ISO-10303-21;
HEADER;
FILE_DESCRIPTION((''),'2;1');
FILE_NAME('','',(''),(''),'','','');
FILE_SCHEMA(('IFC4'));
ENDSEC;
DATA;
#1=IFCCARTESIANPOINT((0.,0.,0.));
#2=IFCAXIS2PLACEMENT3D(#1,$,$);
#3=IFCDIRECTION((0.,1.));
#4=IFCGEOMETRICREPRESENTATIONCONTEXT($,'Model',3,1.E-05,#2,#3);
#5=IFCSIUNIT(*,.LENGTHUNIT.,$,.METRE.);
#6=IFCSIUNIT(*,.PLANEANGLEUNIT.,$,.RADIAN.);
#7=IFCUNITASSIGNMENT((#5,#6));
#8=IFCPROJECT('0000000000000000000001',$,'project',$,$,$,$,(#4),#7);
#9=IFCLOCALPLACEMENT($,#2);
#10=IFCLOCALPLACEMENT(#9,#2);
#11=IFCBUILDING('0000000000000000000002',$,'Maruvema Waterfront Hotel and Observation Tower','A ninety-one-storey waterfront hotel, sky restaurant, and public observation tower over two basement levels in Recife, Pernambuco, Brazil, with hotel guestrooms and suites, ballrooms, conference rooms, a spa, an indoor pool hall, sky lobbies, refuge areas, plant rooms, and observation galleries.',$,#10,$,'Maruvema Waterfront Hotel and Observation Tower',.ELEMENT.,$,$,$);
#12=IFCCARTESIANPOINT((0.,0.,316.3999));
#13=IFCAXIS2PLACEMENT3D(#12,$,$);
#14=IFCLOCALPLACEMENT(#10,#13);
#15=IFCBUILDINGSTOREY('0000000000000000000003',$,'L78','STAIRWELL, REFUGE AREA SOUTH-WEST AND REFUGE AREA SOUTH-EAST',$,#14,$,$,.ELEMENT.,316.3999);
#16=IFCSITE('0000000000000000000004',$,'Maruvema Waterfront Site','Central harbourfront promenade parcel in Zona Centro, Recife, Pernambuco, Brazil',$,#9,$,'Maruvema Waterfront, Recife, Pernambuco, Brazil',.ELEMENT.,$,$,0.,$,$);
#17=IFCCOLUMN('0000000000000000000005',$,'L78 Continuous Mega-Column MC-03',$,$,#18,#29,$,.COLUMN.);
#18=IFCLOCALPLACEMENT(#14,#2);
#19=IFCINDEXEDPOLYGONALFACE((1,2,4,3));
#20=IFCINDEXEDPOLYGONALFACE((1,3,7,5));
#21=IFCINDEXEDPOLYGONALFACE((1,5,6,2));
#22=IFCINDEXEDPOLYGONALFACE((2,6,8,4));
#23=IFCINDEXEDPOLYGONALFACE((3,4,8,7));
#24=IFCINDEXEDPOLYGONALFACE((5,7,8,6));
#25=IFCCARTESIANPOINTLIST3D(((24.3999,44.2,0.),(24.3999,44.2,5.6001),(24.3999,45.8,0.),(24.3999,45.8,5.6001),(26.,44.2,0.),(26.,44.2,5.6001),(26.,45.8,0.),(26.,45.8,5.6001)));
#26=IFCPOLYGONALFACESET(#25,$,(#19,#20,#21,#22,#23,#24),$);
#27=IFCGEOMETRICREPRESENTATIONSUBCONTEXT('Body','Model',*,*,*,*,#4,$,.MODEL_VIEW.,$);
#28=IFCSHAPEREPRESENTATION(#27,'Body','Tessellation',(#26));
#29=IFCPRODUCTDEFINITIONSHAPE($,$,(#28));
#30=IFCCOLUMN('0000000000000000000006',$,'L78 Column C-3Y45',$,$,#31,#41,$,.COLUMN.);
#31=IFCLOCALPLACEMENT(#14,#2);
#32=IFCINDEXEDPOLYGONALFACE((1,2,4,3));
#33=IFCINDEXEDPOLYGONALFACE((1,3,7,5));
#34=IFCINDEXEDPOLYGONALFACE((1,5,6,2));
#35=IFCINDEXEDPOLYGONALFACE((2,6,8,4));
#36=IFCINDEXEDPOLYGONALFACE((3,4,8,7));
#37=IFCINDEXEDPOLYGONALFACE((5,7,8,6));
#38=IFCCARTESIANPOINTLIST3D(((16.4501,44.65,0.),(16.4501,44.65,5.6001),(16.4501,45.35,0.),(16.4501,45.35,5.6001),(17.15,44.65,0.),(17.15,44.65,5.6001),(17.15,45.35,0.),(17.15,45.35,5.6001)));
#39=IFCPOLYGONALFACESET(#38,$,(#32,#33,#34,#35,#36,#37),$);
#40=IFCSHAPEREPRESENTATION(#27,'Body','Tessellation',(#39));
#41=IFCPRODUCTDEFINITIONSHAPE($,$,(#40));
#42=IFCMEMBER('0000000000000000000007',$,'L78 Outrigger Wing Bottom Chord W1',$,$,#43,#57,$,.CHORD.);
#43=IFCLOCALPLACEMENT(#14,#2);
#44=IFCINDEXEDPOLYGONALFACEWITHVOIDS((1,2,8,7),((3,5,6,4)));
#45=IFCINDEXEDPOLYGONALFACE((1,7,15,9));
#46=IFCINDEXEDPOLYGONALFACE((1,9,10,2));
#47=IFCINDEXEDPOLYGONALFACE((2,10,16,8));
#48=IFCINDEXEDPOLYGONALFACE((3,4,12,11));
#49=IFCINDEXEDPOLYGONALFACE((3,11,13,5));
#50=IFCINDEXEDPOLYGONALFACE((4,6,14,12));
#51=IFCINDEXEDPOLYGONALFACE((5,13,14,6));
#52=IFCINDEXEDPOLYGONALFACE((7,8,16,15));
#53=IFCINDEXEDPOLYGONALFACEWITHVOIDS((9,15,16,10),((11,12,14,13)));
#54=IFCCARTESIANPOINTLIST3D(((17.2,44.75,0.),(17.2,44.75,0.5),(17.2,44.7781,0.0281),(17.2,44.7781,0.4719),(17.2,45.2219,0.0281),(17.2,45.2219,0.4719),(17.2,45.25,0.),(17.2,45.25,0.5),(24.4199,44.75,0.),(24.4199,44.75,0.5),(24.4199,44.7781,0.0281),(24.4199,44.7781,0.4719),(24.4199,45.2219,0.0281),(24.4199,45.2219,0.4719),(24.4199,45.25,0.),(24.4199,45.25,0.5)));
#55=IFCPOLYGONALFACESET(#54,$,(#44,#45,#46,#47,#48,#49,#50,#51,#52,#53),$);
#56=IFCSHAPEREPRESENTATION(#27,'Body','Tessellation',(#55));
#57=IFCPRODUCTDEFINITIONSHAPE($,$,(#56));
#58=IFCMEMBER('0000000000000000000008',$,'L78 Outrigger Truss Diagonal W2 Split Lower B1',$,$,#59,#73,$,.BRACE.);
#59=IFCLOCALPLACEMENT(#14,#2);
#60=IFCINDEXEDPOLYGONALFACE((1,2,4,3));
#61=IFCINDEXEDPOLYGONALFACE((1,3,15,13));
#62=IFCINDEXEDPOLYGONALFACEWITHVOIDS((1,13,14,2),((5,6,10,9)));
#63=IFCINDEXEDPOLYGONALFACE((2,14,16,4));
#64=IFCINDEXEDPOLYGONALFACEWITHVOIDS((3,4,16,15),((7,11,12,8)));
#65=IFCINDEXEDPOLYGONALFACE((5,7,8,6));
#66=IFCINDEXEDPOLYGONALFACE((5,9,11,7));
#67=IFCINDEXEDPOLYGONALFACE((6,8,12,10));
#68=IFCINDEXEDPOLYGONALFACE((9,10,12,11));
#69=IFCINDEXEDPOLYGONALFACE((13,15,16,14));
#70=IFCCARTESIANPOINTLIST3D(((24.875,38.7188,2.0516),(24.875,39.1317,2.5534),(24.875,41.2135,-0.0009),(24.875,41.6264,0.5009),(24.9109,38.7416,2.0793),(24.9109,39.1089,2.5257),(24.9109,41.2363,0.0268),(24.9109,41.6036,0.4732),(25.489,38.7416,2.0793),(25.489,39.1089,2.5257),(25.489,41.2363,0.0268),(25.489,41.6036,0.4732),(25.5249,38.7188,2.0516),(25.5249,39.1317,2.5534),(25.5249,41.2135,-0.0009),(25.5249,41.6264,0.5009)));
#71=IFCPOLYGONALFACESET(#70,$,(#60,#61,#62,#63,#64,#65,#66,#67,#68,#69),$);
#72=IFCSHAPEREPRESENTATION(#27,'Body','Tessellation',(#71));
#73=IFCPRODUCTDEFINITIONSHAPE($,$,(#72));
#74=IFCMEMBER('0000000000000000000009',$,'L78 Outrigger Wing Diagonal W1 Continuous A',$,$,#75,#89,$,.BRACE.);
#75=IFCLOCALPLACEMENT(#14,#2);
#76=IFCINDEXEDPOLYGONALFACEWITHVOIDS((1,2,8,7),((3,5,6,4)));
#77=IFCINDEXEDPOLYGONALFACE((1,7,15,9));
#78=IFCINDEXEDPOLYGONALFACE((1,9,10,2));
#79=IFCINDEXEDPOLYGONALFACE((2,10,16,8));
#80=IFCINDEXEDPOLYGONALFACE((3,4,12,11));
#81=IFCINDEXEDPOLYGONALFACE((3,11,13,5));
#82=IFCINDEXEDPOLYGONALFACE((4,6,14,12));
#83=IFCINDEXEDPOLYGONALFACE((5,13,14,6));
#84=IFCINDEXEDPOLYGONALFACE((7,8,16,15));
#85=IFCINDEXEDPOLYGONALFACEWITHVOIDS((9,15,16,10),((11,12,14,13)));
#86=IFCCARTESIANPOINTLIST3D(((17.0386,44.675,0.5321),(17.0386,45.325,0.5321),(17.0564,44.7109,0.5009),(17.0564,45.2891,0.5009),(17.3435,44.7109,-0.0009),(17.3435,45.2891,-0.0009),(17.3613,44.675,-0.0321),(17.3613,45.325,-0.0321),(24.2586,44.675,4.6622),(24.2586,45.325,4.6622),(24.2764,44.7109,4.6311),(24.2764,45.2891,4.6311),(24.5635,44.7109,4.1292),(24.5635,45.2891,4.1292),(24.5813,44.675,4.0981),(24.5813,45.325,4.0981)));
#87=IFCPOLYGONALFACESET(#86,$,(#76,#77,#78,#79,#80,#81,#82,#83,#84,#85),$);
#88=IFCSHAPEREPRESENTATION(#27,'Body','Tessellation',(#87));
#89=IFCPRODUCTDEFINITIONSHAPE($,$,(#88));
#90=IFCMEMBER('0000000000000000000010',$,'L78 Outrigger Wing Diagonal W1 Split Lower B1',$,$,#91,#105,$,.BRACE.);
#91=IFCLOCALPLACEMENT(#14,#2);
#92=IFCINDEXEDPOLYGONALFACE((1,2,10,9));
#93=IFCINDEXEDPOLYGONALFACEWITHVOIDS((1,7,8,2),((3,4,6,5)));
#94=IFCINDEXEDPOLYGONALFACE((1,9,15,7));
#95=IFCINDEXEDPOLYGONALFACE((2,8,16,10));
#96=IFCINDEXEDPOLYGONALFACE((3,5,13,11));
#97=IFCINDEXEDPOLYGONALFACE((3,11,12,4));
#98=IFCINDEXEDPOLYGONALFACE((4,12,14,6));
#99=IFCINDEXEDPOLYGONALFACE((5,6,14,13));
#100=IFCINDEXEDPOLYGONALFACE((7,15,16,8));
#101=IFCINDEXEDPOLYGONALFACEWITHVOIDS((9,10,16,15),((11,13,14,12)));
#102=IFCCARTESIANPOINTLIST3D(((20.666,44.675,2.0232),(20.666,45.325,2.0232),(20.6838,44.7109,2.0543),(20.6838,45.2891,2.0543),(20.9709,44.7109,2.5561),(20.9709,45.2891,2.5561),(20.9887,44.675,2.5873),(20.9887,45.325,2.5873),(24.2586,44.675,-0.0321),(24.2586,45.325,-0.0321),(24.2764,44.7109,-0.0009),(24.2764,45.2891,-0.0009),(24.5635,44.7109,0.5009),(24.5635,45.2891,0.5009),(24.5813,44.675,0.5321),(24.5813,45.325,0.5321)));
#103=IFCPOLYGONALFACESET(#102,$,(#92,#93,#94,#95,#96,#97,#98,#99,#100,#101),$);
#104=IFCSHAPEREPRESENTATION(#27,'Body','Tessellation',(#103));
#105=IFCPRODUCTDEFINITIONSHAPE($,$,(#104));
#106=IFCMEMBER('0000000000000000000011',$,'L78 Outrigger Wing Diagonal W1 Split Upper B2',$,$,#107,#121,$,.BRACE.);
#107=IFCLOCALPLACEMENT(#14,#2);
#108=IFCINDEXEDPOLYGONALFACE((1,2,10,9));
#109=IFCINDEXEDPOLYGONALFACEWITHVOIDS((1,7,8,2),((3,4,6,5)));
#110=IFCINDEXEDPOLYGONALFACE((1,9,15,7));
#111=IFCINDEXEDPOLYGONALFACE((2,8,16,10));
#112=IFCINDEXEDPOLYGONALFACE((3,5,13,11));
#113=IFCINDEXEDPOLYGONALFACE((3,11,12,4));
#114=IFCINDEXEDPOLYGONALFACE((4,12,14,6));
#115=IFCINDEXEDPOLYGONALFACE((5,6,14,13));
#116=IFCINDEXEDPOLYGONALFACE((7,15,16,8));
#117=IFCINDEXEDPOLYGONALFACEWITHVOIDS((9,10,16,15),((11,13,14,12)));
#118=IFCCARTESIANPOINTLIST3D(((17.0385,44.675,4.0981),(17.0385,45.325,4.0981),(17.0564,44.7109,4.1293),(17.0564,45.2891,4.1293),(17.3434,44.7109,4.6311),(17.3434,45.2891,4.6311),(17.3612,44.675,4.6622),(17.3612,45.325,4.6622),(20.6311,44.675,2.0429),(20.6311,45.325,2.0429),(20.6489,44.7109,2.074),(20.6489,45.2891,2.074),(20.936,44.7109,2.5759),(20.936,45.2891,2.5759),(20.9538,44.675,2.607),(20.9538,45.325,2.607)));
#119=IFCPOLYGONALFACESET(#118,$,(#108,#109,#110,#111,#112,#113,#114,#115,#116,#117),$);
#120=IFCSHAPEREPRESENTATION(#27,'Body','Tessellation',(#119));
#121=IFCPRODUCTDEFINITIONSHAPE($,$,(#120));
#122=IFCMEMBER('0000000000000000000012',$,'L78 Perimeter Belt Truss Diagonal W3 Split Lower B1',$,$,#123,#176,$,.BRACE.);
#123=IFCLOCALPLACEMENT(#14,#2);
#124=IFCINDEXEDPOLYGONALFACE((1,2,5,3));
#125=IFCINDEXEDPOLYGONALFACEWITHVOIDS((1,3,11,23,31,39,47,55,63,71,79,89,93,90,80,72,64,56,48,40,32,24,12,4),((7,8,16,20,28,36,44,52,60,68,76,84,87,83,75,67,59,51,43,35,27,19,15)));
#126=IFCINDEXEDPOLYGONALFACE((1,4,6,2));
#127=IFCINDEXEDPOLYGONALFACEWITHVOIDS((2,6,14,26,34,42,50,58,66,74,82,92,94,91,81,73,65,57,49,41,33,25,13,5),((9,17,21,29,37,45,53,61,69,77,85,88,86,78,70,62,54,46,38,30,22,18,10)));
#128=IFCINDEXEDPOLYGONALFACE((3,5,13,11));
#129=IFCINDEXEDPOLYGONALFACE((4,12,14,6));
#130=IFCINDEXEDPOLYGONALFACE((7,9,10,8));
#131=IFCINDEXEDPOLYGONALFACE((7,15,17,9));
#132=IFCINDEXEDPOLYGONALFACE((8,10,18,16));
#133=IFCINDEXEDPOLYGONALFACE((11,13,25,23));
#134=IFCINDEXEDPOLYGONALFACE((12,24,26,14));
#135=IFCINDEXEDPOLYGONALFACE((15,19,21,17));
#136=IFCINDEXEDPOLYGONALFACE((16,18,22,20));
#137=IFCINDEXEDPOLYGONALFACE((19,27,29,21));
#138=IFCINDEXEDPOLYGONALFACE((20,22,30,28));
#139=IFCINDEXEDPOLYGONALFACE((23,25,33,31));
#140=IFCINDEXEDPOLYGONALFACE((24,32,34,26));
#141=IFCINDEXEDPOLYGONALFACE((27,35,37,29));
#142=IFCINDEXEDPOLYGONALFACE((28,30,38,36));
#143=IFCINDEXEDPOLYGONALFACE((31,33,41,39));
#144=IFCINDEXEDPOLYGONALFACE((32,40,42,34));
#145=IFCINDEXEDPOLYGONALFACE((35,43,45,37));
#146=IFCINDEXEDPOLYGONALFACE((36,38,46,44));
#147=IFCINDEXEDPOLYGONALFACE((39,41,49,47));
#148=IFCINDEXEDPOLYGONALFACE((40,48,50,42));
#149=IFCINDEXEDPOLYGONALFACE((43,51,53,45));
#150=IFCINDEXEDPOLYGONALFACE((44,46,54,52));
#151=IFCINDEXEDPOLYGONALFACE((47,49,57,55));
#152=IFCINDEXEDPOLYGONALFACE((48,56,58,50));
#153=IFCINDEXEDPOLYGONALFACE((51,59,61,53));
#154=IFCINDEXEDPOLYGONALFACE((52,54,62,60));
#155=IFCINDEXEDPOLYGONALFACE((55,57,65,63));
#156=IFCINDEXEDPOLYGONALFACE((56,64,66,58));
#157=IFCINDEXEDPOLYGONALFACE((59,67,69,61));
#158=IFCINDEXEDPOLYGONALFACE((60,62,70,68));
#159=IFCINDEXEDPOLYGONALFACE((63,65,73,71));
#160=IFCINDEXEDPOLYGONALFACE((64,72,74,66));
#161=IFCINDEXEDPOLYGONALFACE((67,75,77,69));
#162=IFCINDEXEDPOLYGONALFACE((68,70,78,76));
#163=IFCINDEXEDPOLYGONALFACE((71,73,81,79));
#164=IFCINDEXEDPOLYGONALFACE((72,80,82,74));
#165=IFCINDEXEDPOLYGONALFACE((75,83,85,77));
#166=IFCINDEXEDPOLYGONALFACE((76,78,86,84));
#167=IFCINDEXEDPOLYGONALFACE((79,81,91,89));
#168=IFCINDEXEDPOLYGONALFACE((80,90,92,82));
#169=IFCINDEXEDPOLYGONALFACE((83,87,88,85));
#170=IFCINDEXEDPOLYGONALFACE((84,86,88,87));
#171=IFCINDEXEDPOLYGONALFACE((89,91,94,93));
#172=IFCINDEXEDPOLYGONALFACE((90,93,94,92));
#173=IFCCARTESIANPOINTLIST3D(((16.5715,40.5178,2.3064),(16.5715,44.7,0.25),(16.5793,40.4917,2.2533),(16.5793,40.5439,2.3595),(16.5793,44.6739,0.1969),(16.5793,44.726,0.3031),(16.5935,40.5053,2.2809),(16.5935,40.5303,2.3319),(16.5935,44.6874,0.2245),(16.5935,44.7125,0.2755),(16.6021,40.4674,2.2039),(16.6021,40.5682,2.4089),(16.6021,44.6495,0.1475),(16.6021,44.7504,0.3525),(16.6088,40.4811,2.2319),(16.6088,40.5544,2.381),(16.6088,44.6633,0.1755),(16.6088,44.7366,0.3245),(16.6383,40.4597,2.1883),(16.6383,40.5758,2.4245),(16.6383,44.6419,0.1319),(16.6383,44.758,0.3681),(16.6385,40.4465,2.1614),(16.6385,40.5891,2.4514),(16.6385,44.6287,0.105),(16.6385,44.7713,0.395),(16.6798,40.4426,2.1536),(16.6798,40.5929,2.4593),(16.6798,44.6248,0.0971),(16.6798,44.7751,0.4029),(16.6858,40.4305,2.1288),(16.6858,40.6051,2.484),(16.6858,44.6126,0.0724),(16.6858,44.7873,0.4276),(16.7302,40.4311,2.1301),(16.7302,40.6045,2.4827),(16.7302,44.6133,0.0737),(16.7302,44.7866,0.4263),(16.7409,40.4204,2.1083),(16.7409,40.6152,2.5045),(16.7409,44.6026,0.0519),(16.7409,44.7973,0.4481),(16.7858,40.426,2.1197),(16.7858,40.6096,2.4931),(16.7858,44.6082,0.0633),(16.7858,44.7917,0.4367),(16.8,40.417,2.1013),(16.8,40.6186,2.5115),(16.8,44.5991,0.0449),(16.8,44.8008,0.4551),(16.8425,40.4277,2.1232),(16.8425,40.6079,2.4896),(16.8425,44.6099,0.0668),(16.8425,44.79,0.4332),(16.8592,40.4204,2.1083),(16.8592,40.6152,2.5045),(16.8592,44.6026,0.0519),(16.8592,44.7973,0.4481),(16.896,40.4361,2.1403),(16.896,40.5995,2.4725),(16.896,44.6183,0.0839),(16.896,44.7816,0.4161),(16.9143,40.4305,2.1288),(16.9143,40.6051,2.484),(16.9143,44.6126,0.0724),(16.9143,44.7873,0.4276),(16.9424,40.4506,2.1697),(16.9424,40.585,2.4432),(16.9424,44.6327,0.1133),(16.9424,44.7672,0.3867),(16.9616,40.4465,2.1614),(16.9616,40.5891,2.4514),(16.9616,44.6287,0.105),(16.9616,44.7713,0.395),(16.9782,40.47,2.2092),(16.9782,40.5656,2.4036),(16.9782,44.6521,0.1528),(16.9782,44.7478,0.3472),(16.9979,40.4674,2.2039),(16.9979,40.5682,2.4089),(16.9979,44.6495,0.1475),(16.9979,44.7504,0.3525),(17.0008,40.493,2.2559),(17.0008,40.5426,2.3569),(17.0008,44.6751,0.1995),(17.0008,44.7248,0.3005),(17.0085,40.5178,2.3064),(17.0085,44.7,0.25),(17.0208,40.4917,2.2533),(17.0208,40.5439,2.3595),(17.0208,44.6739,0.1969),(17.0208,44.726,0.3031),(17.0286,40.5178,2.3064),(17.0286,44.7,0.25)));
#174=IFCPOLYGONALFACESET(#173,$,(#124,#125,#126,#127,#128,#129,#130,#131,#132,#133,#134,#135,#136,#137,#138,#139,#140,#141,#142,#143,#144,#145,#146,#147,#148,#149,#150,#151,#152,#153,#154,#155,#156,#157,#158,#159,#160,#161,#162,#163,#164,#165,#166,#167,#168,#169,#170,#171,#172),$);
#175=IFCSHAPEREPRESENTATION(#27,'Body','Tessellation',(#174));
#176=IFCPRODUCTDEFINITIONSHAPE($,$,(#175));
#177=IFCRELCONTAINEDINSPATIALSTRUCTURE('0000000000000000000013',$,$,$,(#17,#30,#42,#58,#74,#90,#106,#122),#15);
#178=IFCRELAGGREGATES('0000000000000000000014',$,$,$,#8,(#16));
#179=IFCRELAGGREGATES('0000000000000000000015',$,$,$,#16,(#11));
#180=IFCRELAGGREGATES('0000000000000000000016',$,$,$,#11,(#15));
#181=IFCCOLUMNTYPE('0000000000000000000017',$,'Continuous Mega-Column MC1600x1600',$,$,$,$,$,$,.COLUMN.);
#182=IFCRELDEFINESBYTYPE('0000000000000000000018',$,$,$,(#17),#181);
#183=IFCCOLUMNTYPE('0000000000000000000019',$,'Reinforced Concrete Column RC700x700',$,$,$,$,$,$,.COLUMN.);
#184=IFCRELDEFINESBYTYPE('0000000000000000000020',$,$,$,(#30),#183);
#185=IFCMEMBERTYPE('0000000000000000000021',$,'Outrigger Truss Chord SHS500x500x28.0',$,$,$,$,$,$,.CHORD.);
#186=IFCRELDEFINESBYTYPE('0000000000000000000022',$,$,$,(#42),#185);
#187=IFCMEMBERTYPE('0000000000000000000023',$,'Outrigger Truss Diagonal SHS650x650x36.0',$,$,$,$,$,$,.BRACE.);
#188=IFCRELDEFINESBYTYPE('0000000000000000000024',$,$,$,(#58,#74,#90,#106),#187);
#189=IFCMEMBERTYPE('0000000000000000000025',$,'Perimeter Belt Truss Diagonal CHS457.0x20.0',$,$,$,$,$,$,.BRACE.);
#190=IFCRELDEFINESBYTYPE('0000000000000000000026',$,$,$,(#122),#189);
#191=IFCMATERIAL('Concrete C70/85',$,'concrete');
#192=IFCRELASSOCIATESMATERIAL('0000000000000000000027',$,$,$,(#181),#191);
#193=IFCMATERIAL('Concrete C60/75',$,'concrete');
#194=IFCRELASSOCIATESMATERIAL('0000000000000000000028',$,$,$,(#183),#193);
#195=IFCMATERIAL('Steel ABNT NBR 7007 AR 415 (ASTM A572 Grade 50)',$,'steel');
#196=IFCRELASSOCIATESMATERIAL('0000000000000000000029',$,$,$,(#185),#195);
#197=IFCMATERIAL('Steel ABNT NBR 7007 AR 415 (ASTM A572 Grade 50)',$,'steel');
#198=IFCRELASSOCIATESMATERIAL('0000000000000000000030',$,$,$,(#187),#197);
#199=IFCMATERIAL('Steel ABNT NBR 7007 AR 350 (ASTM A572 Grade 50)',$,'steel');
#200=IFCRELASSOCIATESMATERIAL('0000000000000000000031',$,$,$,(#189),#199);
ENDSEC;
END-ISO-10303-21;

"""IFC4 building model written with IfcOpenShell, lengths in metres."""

from ifc_helpers import new_model, si_unit, direction, frame, origin, origin_2d, place, context, subcontext, project, spatial, rectangle, hollow_rectangle, hollow_circle, extrude, material, material_profile, profile_set, type_object, element, save


model = new_model("IFC4")

# Units and contexts
model_context = context("Model", 3, precision=1e-05, world=origin(), true_north=direction((0.0, 1.0)))
body_context = subcontext(model_context, "Body", "Model", "MODEL_VIEW")
ifc_project = project(units=[si_unit("LENGTHUNIT", "METRE"), si_unit("PLANEANGLEUNIT", "RADIAN")], contexts=[model_context])

# Site, building, storey
site_placement = place(None, origin())
site = spatial("IfcSite", under=ifc_project, at=site_placement, Name="Maruvema Waterfront Site", Description="Central harbourfront promenade parcel in Zona Centro, Recife, Pernambuco, Brazil", LongName="Maruvema Waterfront, Recife, Pernambuco, Brazil", CompositionType="ELEMENT", RefElevation=0.0)
building_placement = place(site_placement, origin())
building = spatial("IfcBuilding", under=site, at=building_placement, Name="Maruvema Waterfront Hotel and Observation Tower", Description="A ninety-one-storey waterfront hotel, sky restaurant, and public observation tower over two basement levels in Recife, Pernambuco, Brazil, with hotel guestrooms and suites, ballrooms, conference rooms, a spa, an indoor pool hall, sky lobbies, refuge areas, plant rooms, and observation galleries.", LongName="Maruvema Waterfront Hotel and Observation Tower", CompositionType="ELEMENT")
storey_placement = place(building_placement, frame((0.0, 0.0, 316.3999)))
storey = spatial("IfcBuildingStorey", under=building, at=storey_placement, Name="L78", Description="STAIRWELL, REFUGE AREA SOUTH-WEST AND REFUGE AREA SOUTH-EAST", CompositionType="ELEMENT", Elevation=316.3999)

# Columns
ifc_material_1 = material(Name="Concrete C70/85", Category="concrete")
ifc_material_profile_1 = material_profile(ifc_material_1, rectangle(XDim=1.6001, YDim=1.6001, at=origin_2d()), Name="MC1600x1600")
ifc_profile_set_1 = profile_set([ifc_material_profile_1], Name="Concrete C70/85")
column_type_1 = type_object("IfcColumnType", Name="Continuous Mega-Column MC1600x1600", PredefinedType="COLUMN", material=ifc_profile_set_1)
column_1_placement = place(storey_placement, frame((25.2, 45.0, 0.0), z_axis=(0.0, 0.0, 1.0), x_axis=(1.0, 0.0, 0.0)))
element("IfcColumn", 1, at=column_1_placement, inside=storey, type_object=column_type_1, Name="L78 Continuous Mega-Column MC-03", PredefinedType="COLUMN", context=body_context, shape_type="SweptSolid", body=[
    extrude(rectangle(XDim=1.6001, YDim=1.6001, at=origin_2d()), origin(), (0.0, 0.0, 1.0), 5.6001),
])
ifc_material_2 = material(Name="Concrete C60/75", Category="concrete")
ifc_material_profile_2 = material_profile(ifc_material_2, rectangle(XDim=0.7, YDim=0.7, at=origin_2d()), Name="RC700x700")
ifc_profile_set_2 = profile_set([ifc_material_profile_2], Name="Concrete C60/75")
column_type_2 = type_object("IfcColumnType", Name="Reinforced Concrete Column RC700x700", PredefinedType="COLUMN", material=ifc_profile_set_2)
column_2_placement = place(storey_placement, frame((16.8, 45.0, 0.0), z_axis=(0.0, 0.0, 1.0), x_axis=(1.0, 0.0, 0.0)))
element("IfcColumn", 2, at=column_2_placement, inside=storey, type_object=column_type_2, Name="L78 Column C-3Y45", PredefinedType="COLUMN", context=body_context, shape_type="SweptSolid", body=[
    extrude(rectangle(XDim=0.7, YDim=0.7, at=origin_2d()), origin(), (0.0, 0.0, 1.0), 5.6001),
])

# Members
ifc_material_3 = material(Name="Steel ABNT NBR 7007 AR 415 (ASTM A572 Grade 50)", Category="steel")
ifc_material_profile_3 = material_profile(ifc_material_3, hollow_rectangle(XDim=0.5, YDim=0.5, WallThickness=0.0281, at=origin_2d()), Name="SHS500x500x28.0")
ifc_profile_set_3 = profile_set([ifc_material_profile_3], Name="Steel ABNT NBR 7007 AR 415 (ASTM A572 Grade 50)")
member_type_1 = type_object("IfcMemberType", Name="Outrigger Truss Chord SHS500x500x28.0", PredefinedType="CHORD", material=ifc_profile_set_3)
member_1_placement = place(storey_placement, frame((17.2, 45.0, 0.25), z_axis=(1.0, 0.0, 0.0), x_axis=(0.0, 1.0, 0.0)))
element("IfcMember", 3, at=member_1_placement, inside=storey, type_object=member_type_1, Name="L78 Outrigger Wing Bottom Chord W1", PredefinedType="CHORD", context=body_context, shape_type="SweptSolid", body=[
    extrude(hollow_rectangle(XDim=0.5, YDim=0.5, WallThickness=0.0281, at=origin_2d()), origin(), (0.0, 0.0, 1.0), 7.22),
])
ifc_material_4 = material(Name="Steel ABNT NBR 7007 AR 415 (ASTM A572 Grade 50)", Category="steel")
ifc_material_profile_4 = material_profile(ifc_material_4, hollow_rectangle(XDim=0.6499, YDim=0.6499, WallThickness=0.0359, at=origin_2d()), Name="SHS650x650x36.0")
ifc_profile_set_4 = profile_set([ifc_material_profile_4], Name="Steel ABNT NBR 7007 AR 415 (ASTM A572 Grade 50)")
member_type_2 = type_object("IfcMemberType", Name="Outrigger Truss Diagonal SHS650x650x36.0", PredefinedType="BRACE", material=ifc_profile_set_4)
member_2_placement = place(storey_placement, frame((25.2, 41.4199, 0.25), z_axis=(0.0, -0.77222, 0.635355), x_axis=(1.0, 0.0, 0.0)))
element("IfcMember", 4, at=member_2_placement, inside=storey, type_object=member_type_2, Name="L78 Outrigger Truss Diagonal W2 Split Lower B1", PredefinedType="BRACE", context=body_context, shape_type="SweptSolid", body=[
    extrude(hollow_rectangle(XDim=0.6499, YDim=0.6499, WallThickness=0.0359, at=origin_2d()), origin(), (0.0, 0.0, 1.0), 3.2305),
])
member_3_placement = place(storey_placement, frame((17.2, 45.0, 0.25), z_axis=(0.868014, 0.0, 0.49654), x_axis=(0.0, 1.0, 0.0)))
element("IfcMember", 5, at=member_3_placement, inside=storey, type_object=member_type_2, Name="L78 Outrigger Wing Diagonal W1 Continuous A", PredefinedType="BRACE", context=body_context, shape_type="SweptSolid", body=[
    extrude(hollow_rectangle(XDim=0.6499, YDim=0.6499, WallThickness=0.0359, at=origin_2d()), origin(), (0.0, 0.0, 1.0), 8.3179),
])
for number, where, z_axis, x_axis, name in (
    (6, (24.4199, 45.0, 0.25), (-0.868003, 0.0, 0.496558), (0.0, -1.0, 0.0), "L78 Outrigger Wing Diagonal W1 Split Lower B1"),
    (7, (20.7925, 45.0, 2.325), (-0.868003, 0.0, 0.496558), (0.0, -1.0, 0.0), "L78 Outrigger Wing Diagonal W1 Split Upper B2"),
):
    element("IfcMember", number, at=place(storey_placement, frame(where, z_axis=z_axis, x_axis=x_axis)), inside=storey, type_object=member_type_2, Name=name, PredefinedType="BRACE", context=body_context, shape_type="SweptSolid", body=[
        extrude(hollow_rectangle(XDim=0.6499, YDim=0.6499, WallThickness=0.0359, at=origin_2d()), origin(), (0.0, 0.0, 1.0), 4.1389),
    ])
ifc_material_5 = material(Name="Steel ABNT NBR 7007 AR 350 (ASTM A572 Grade 50)", Category="steel")
ifc_material_profile_5 = material_profile(ifc_material_5, hollow_circle(Radius=0.2285, WallThickness=0.02, at=origin_2d()), Name="CHS457.0x20.0")
ifc_profile_set_5 = profile_set([ifc_material_profile_5], Name="Steel ABNT NBR 7007 AR 350 (ASTM A572 Grade 50)")
member_type_3 = type_object("IfcMemberType", Name="Perimeter Belt Truss Diagonal CHS457.0x20.0", PredefinedType="BRACE", material=ifc_profile_set_5)
member_4_placement = place(storey_placement, frame((16.8, 44.7, 0.25), z_axis=(0.0, -0.897383, 0.441253), x_axis=(1.0, 0.0, 0.0)))
element("IfcMember", 8, at=member_4_placement, inside=storey, type_object=member_type_3, Name="L78 Perimeter Belt Truss Diagonal W3 Split Lower B1", PredefinedType="BRACE", context=body_context, shape_type="SweptSolid", body=[
    extrude(hollow_circle(Radius=0.2285, WallThickness=0.02, at=origin_2d()), origin(), (0.0, 0.0, 1.0), 4.6604),
])

save(model, "model.ifc")
